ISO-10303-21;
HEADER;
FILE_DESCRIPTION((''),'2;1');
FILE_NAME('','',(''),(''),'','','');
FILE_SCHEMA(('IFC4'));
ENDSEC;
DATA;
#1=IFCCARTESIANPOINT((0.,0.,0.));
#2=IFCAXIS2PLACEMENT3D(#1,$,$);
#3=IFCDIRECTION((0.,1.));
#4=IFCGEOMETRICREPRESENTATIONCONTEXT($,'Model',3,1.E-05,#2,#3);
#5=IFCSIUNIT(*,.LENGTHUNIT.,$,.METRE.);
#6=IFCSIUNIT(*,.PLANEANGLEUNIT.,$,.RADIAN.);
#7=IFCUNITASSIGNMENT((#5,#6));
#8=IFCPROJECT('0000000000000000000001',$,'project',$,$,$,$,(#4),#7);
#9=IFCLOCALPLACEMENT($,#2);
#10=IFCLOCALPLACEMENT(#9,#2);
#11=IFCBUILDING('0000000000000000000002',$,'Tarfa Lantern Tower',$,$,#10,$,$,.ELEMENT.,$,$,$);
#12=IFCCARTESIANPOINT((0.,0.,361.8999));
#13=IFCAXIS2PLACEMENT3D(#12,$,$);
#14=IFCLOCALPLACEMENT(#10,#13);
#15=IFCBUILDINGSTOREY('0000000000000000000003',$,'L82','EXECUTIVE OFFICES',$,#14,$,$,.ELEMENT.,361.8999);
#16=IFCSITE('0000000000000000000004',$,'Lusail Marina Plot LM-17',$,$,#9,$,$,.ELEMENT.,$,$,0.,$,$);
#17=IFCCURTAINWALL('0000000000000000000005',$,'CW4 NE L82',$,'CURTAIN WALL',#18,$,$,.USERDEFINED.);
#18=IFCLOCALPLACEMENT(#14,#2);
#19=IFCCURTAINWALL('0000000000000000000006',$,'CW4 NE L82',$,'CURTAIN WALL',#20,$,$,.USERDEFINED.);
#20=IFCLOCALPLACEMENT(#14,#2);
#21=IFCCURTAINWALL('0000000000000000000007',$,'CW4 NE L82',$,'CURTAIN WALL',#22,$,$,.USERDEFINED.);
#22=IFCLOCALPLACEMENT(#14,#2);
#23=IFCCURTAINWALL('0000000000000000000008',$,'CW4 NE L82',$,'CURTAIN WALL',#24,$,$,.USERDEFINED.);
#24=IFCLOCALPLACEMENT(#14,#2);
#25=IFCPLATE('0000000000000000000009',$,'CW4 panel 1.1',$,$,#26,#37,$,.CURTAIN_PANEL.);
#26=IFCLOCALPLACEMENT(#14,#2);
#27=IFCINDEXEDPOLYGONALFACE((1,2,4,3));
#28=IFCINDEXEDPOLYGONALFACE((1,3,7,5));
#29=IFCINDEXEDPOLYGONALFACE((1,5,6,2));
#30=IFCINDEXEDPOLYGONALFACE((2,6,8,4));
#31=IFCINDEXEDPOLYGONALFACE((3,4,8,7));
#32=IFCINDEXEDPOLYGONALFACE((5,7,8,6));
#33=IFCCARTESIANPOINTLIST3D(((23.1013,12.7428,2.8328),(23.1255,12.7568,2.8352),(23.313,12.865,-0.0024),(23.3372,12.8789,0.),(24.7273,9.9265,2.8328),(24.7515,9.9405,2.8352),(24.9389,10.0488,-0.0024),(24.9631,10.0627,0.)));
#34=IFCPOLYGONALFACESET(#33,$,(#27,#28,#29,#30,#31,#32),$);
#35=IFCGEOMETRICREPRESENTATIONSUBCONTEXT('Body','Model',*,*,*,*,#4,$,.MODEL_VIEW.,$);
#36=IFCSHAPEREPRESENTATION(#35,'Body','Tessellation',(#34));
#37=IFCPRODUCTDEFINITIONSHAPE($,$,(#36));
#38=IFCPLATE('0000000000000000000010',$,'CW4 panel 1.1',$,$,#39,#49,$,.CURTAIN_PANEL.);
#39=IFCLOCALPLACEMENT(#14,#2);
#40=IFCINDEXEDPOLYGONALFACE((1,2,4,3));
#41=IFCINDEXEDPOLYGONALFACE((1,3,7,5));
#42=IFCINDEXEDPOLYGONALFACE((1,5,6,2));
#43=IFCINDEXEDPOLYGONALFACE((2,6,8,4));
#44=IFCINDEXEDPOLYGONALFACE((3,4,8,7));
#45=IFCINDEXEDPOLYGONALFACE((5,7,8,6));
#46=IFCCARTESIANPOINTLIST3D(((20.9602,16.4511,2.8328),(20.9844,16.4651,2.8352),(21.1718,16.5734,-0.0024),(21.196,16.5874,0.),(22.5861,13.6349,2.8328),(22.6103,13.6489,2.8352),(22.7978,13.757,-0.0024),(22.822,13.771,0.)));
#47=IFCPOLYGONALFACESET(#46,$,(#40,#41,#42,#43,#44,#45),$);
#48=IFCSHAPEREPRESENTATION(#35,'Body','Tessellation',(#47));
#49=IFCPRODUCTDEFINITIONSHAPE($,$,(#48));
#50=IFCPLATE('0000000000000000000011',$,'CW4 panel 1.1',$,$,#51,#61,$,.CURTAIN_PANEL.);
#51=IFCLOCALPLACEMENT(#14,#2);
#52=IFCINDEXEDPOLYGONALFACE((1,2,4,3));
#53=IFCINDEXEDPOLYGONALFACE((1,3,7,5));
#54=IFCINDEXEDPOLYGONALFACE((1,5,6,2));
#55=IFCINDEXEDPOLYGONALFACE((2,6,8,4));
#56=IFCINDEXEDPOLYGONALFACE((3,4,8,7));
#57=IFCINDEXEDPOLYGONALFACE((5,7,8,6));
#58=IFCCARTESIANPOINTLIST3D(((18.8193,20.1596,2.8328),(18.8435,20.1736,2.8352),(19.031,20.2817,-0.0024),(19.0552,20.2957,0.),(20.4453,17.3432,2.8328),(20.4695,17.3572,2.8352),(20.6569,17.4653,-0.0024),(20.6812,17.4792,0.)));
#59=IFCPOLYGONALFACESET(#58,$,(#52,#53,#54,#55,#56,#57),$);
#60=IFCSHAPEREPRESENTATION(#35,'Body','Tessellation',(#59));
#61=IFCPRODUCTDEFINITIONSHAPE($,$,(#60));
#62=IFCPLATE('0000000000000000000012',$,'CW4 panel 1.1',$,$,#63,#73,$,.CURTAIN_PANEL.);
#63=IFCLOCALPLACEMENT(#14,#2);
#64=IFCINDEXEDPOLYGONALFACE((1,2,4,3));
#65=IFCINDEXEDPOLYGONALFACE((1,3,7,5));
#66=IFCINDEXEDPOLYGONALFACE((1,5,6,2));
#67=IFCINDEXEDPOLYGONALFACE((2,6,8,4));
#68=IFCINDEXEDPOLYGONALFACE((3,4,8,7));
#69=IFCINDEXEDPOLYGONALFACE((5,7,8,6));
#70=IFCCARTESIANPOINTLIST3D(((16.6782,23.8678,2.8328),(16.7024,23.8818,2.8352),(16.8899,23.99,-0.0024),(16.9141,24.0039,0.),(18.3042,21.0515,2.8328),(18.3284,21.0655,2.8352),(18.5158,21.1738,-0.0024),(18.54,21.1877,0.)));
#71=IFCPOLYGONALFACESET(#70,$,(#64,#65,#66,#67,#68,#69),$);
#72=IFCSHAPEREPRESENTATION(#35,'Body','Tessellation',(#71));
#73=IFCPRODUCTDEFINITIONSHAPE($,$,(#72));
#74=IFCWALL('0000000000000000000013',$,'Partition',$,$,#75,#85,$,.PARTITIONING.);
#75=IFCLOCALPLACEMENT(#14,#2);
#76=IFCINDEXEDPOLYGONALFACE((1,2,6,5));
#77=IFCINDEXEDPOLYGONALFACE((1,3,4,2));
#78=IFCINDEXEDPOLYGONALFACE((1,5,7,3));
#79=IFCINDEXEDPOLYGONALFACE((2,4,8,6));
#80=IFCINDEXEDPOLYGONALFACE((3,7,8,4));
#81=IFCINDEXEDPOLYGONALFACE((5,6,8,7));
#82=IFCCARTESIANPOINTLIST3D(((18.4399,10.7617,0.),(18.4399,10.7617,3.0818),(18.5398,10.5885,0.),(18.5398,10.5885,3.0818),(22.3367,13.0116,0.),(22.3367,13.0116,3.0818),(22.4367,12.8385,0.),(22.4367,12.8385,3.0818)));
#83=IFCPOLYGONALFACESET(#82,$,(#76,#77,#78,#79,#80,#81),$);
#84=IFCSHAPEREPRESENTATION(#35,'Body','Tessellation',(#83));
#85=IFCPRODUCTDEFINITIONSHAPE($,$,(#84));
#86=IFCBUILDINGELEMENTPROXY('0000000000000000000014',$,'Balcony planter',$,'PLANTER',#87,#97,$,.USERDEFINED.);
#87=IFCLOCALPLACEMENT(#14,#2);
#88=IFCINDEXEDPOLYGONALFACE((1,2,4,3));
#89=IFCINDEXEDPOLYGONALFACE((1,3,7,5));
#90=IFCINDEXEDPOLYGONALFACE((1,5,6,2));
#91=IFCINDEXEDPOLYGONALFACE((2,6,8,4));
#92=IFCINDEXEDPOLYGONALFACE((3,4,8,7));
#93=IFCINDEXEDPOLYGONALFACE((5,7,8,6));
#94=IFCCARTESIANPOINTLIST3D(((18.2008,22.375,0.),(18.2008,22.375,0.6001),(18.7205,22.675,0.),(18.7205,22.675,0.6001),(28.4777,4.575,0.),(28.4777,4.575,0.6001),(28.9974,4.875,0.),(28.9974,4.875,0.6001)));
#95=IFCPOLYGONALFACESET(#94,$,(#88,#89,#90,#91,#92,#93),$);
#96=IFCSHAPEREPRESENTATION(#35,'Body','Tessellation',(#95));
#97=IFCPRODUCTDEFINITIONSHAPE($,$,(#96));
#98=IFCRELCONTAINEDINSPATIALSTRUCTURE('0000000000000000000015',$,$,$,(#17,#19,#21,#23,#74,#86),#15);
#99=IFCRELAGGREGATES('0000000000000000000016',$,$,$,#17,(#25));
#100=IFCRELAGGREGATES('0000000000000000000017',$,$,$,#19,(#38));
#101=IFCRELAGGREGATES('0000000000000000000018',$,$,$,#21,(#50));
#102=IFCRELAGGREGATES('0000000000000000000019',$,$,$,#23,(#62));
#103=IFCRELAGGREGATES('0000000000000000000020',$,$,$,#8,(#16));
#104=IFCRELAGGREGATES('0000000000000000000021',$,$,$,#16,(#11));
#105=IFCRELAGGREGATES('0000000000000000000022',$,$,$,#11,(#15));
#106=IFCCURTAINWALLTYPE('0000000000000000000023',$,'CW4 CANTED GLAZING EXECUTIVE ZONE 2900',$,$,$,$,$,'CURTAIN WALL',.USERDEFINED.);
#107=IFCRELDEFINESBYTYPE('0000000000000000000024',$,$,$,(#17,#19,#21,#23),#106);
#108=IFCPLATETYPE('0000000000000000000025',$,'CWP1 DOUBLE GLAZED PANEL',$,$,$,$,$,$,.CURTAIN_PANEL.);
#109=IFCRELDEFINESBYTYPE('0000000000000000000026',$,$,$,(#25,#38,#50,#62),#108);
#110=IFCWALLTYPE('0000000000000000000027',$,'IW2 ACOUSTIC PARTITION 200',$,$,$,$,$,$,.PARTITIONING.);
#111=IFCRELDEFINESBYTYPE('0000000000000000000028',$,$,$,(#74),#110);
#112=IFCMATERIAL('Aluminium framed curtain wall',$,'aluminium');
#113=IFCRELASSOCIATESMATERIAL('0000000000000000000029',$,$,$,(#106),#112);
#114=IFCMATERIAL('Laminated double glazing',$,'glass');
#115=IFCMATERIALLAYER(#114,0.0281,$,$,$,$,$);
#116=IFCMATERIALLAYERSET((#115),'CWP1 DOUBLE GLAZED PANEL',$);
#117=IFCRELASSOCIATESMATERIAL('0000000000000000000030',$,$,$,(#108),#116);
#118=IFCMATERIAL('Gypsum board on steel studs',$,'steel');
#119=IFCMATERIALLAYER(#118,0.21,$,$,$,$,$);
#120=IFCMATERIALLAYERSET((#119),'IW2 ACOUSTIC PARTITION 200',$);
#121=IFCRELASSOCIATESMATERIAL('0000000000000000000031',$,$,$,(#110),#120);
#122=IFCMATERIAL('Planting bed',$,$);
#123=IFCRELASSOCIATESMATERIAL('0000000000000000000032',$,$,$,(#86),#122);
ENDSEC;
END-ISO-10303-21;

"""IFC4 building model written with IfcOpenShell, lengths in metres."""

from ifc_helpers import new_model, si_unit, direction, frame, frame_2d, origin, origin_2d, place, context, subcontext, project, spatial, polyline, rectangle, outline, extrude, material, layer, layer_set, type_object, element, aggregate, save


model = new_model("IFC4")

# Units and contexts
model_context = context("Model", 3, precision=1e-05, world=origin(), true_north=direction((0.0, 1.0)))
body_context = subcontext(model_context, "Body", "Model", "MODEL_VIEW")
ifc_project = project(units=[si_unit("LENGTHUNIT", "METRE"), si_unit("PLANEANGLEUNIT", "RADIAN")], contexts=[model_context])

# Site, building, storey
site_placement = place(None, origin())
site = spatial("IfcSite", under=ifc_project, at=site_placement, Name="Lusail Marina Plot LM-17", CompositionType="ELEMENT", RefElevation=0.0)
building_placement = place(site_placement, origin())
building = spatial("IfcBuilding", under=site, at=building_placement, Name="Tarfa Lantern Tower", CompositionType="ELEMENT")
storey_placement = place(building_placement, frame((0.0, 0.0, 361.8999)))
storey = spatial("IfcBuildingStorey", under=building, at=storey_placement, Name="L82", Description="EXECUTIVE OFFICES", CompositionType="ELEMENT", Elevation=361.8999)

# Curtain wall
ifc_material_1 = material(Name="Aluminium framed curtain wall", Category="aluminium")
curtain_wall_type = type_object("IfcCurtainWallType", Name="CW4 CANTED GLAZING EXECUTIVE ZONE 2900", ElementType="CURTAIN WALL", PredefinedType="USERDEFINED", material=ifc_material_1)
curtain_wall_1_placement = place(storey_placement, origin())
curtain_wall_1 = element("IfcCurtainWall", 1, at=curtain_wall_1_placement, inside=storey, type_object=curtain_wall_type, Name="CW4 NE L82", ObjectType="CURTAIN WALL", PredefinedType="USERDEFINED")

# Curtain walls
curtain_wall_2_placement = place(storey_placement, origin())
curtain_wall_2 = element("IfcCurtainWall", 2, at=curtain_wall_2_placement, inside=storey, type_object=curtain_wall_type, Name="CW4 NE L82", ObjectType="CURTAIN WALL", PredefinedType="USERDEFINED")
curtain_wall_3_placement = place(storey_placement, origin())
curtain_wall_3 = element("IfcCurtainWall", 3, at=curtain_wall_3_placement, inside=storey, type_object=curtain_wall_type, Name="CW4 NE L82", ObjectType="CURTAIN WALL", PredefinedType="USERDEFINED")

# Curtain wall
curtain_wall_4_placement = place(storey_placement, origin())
curtain_wall_4 = element("IfcCurtainWall", 4, at=curtain_wall_4_placement, inside=storey, type_object=curtain_wall_type, Name="CW4 NE L82", ObjectType="CURTAIN WALL", PredefinedType="USERDEFINED")

# Plates
ifc_material_2 = material(Name="Laminated double glazing", Category="glass")
ifc_layer_1 = layer(ifc_material_2, 0.0281)
ifc_layer_set_1 = layer_set([ifc_layer_1], Name="CWP1 DOUBLE GLAZED PANEL")
plate_type = type_object("IfcPlateType", Name="CWP1 DOUBLE GLAZED PANEL", PredefinedType="CURTAIN_PANEL", material=ifc_layer_set_1)
plate_1_placement = place(storey_placement, frame((24.9631, 10.0627, 0.0), z_axis=(0.862826, 0.498151, 0.085886), x_axis=(-0.499999, 0.866026, 0.000002)))
plate_1 = element("IfcPlate", 5, at=plate_1_placement, type_object=plate_type, Name="CW4 panel 1.1", PredefinedType="CURTAIN_PANEL", context=body_context, shape_type="SweptSolid", body=[
    extrude(outline(polyline([(0.0, 0.0), (3.2519, 0.0), (3.252, 2.8457), (-0.0001, 2.8457), (0.0, 0.0)])), origin(), (0.0, 0.0, -1.0), 0.0281),
])
aggregate(curtain_wall_1, [plate_1])
plate_2_placement = place(storey_placement, frame((22.822, 13.771, 0.0), z_axis=(0.862826, 0.498151, 0.085886), x_axis=(-0.499999, 0.866026, -0.000002)))
plate_2 = element("IfcPlate", 6, at=plate_2_placement, type_object=plate_type, Name="CW4 panel 1.1", PredefinedType="CURTAIN_PANEL", context=body_context, shape_type="SweptSolid", body=[
    extrude(outline(polyline([(0.0, 0.0), (3.2521, 0.0), (3.252, 2.8457), (0.0001, 2.8457), (0.0, 0.0)])), origin(), (0.0, 0.0, -1.0), 0.0281),
])
aggregate(curtain_wall_2, [plate_2])
plate_3_placement = place(storey_placement, frame((20.6812, 17.4792, 0.0), z_axis=(0.862837, 0.498136, 0.085865), x_axis=(-0.499982, 0.866036, 0.0)))
plate_3 = element("IfcPlate", 7, at=plate_3_placement, type_object=plate_type, Name="CW4 panel 1.1", PredefinedType="CURTAIN_PANEL", context=body_context, shape_type="SweptSolid", body=[
    extrude(outline(polyline([(0.0, 0.0), (3.2521, 0.0), (3.2522, 2.8457), (0.0001, 2.8457), (0.0, 0.0)])), origin(), (0.0, 0.0, -1.0), 0.0281),
])
aggregate(curtain_wall_3, [plate_3])
plate_4_placement = place(storey_placement, frame((18.54, 21.1877, 0.0), z_axis=(0.862826, 0.498151, 0.085886), x_axis=(-0.499999, 0.866026, 0.000002)))
plate_4 = element("IfcPlate", 8, at=plate_4_placement, type_object=plate_type, Name="CW4 panel 1.1", PredefinedType="CURTAIN_PANEL", context=body_context, shape_type="SweptSolid", body=[
    extrude(outline(polyline([(0.0, 0.0), (3.2519, 0.0), (3.252, 2.8457), (-0.0001, 2.8457), (0.0, 0.0)])), origin(), (0.0, 0.0, -1.0), 0.0281),
])
aggregate(curtain_wall_4, [plate_4])

# Wall
ifc_material_3 = material(Name="Gypsum board on steel studs", Category="steel")
ifc_layer_2 = layer(ifc_material_3, 0.21)
ifc_layer_set_2 = layer_set([ifc_layer_2], Name="IW2 ACOUSTIC PARTITION 200")
wall_type = type_object("IfcWallType", Name="IW2 ACOUSTIC PARTITION 200", PredefinedType="PARTITIONING", material=ifc_layer_set_2)
wall_placement = place(storey_placement, frame((18.4897, 10.675, 0.0), z_axis=(0.0, 0.0, 1.0), x_axis=(0.866018, 0.500014, 0.0)))
element("IfcWall", 9, at=wall_placement, inside=storey, type_object=wall_type, Name="Partition", PredefinedType="PARTITIONING", context=body_context, shape_type="SweptSolid", body=[
    extrude(rectangle(XDim=4.4998, YDim=0.2, at=frame_2d((2.25, 0.0))), origin(), (0.0, 0.0, 1.0), 3.0818),
])

# Building element proxy
ifc_material_4 = material(Name="Planting bed")
proxy_placement = place(storey_placement, frame((23.5991, 13.625, 0.0), z_axis=(0.0, 0.0, 1.0), x_axis=(-0.5, 0.866025, 0.0)))
element("IfcBuildingElementProxy", 10, at=proxy_placement, inside=storey, material=ifc_material_4, Name="Balcony planter", ObjectType="PLANTER", PredefinedType="USERDEFINED", context=body_context, shape_type="SweptSolid", body=[
    extrude(rectangle(XDim=20.5537, YDim=0.6001, at=origin_2d()), origin(), (0.0, 0.0, 1.0), 0.6001),
])

save(model, "model.ifc")
